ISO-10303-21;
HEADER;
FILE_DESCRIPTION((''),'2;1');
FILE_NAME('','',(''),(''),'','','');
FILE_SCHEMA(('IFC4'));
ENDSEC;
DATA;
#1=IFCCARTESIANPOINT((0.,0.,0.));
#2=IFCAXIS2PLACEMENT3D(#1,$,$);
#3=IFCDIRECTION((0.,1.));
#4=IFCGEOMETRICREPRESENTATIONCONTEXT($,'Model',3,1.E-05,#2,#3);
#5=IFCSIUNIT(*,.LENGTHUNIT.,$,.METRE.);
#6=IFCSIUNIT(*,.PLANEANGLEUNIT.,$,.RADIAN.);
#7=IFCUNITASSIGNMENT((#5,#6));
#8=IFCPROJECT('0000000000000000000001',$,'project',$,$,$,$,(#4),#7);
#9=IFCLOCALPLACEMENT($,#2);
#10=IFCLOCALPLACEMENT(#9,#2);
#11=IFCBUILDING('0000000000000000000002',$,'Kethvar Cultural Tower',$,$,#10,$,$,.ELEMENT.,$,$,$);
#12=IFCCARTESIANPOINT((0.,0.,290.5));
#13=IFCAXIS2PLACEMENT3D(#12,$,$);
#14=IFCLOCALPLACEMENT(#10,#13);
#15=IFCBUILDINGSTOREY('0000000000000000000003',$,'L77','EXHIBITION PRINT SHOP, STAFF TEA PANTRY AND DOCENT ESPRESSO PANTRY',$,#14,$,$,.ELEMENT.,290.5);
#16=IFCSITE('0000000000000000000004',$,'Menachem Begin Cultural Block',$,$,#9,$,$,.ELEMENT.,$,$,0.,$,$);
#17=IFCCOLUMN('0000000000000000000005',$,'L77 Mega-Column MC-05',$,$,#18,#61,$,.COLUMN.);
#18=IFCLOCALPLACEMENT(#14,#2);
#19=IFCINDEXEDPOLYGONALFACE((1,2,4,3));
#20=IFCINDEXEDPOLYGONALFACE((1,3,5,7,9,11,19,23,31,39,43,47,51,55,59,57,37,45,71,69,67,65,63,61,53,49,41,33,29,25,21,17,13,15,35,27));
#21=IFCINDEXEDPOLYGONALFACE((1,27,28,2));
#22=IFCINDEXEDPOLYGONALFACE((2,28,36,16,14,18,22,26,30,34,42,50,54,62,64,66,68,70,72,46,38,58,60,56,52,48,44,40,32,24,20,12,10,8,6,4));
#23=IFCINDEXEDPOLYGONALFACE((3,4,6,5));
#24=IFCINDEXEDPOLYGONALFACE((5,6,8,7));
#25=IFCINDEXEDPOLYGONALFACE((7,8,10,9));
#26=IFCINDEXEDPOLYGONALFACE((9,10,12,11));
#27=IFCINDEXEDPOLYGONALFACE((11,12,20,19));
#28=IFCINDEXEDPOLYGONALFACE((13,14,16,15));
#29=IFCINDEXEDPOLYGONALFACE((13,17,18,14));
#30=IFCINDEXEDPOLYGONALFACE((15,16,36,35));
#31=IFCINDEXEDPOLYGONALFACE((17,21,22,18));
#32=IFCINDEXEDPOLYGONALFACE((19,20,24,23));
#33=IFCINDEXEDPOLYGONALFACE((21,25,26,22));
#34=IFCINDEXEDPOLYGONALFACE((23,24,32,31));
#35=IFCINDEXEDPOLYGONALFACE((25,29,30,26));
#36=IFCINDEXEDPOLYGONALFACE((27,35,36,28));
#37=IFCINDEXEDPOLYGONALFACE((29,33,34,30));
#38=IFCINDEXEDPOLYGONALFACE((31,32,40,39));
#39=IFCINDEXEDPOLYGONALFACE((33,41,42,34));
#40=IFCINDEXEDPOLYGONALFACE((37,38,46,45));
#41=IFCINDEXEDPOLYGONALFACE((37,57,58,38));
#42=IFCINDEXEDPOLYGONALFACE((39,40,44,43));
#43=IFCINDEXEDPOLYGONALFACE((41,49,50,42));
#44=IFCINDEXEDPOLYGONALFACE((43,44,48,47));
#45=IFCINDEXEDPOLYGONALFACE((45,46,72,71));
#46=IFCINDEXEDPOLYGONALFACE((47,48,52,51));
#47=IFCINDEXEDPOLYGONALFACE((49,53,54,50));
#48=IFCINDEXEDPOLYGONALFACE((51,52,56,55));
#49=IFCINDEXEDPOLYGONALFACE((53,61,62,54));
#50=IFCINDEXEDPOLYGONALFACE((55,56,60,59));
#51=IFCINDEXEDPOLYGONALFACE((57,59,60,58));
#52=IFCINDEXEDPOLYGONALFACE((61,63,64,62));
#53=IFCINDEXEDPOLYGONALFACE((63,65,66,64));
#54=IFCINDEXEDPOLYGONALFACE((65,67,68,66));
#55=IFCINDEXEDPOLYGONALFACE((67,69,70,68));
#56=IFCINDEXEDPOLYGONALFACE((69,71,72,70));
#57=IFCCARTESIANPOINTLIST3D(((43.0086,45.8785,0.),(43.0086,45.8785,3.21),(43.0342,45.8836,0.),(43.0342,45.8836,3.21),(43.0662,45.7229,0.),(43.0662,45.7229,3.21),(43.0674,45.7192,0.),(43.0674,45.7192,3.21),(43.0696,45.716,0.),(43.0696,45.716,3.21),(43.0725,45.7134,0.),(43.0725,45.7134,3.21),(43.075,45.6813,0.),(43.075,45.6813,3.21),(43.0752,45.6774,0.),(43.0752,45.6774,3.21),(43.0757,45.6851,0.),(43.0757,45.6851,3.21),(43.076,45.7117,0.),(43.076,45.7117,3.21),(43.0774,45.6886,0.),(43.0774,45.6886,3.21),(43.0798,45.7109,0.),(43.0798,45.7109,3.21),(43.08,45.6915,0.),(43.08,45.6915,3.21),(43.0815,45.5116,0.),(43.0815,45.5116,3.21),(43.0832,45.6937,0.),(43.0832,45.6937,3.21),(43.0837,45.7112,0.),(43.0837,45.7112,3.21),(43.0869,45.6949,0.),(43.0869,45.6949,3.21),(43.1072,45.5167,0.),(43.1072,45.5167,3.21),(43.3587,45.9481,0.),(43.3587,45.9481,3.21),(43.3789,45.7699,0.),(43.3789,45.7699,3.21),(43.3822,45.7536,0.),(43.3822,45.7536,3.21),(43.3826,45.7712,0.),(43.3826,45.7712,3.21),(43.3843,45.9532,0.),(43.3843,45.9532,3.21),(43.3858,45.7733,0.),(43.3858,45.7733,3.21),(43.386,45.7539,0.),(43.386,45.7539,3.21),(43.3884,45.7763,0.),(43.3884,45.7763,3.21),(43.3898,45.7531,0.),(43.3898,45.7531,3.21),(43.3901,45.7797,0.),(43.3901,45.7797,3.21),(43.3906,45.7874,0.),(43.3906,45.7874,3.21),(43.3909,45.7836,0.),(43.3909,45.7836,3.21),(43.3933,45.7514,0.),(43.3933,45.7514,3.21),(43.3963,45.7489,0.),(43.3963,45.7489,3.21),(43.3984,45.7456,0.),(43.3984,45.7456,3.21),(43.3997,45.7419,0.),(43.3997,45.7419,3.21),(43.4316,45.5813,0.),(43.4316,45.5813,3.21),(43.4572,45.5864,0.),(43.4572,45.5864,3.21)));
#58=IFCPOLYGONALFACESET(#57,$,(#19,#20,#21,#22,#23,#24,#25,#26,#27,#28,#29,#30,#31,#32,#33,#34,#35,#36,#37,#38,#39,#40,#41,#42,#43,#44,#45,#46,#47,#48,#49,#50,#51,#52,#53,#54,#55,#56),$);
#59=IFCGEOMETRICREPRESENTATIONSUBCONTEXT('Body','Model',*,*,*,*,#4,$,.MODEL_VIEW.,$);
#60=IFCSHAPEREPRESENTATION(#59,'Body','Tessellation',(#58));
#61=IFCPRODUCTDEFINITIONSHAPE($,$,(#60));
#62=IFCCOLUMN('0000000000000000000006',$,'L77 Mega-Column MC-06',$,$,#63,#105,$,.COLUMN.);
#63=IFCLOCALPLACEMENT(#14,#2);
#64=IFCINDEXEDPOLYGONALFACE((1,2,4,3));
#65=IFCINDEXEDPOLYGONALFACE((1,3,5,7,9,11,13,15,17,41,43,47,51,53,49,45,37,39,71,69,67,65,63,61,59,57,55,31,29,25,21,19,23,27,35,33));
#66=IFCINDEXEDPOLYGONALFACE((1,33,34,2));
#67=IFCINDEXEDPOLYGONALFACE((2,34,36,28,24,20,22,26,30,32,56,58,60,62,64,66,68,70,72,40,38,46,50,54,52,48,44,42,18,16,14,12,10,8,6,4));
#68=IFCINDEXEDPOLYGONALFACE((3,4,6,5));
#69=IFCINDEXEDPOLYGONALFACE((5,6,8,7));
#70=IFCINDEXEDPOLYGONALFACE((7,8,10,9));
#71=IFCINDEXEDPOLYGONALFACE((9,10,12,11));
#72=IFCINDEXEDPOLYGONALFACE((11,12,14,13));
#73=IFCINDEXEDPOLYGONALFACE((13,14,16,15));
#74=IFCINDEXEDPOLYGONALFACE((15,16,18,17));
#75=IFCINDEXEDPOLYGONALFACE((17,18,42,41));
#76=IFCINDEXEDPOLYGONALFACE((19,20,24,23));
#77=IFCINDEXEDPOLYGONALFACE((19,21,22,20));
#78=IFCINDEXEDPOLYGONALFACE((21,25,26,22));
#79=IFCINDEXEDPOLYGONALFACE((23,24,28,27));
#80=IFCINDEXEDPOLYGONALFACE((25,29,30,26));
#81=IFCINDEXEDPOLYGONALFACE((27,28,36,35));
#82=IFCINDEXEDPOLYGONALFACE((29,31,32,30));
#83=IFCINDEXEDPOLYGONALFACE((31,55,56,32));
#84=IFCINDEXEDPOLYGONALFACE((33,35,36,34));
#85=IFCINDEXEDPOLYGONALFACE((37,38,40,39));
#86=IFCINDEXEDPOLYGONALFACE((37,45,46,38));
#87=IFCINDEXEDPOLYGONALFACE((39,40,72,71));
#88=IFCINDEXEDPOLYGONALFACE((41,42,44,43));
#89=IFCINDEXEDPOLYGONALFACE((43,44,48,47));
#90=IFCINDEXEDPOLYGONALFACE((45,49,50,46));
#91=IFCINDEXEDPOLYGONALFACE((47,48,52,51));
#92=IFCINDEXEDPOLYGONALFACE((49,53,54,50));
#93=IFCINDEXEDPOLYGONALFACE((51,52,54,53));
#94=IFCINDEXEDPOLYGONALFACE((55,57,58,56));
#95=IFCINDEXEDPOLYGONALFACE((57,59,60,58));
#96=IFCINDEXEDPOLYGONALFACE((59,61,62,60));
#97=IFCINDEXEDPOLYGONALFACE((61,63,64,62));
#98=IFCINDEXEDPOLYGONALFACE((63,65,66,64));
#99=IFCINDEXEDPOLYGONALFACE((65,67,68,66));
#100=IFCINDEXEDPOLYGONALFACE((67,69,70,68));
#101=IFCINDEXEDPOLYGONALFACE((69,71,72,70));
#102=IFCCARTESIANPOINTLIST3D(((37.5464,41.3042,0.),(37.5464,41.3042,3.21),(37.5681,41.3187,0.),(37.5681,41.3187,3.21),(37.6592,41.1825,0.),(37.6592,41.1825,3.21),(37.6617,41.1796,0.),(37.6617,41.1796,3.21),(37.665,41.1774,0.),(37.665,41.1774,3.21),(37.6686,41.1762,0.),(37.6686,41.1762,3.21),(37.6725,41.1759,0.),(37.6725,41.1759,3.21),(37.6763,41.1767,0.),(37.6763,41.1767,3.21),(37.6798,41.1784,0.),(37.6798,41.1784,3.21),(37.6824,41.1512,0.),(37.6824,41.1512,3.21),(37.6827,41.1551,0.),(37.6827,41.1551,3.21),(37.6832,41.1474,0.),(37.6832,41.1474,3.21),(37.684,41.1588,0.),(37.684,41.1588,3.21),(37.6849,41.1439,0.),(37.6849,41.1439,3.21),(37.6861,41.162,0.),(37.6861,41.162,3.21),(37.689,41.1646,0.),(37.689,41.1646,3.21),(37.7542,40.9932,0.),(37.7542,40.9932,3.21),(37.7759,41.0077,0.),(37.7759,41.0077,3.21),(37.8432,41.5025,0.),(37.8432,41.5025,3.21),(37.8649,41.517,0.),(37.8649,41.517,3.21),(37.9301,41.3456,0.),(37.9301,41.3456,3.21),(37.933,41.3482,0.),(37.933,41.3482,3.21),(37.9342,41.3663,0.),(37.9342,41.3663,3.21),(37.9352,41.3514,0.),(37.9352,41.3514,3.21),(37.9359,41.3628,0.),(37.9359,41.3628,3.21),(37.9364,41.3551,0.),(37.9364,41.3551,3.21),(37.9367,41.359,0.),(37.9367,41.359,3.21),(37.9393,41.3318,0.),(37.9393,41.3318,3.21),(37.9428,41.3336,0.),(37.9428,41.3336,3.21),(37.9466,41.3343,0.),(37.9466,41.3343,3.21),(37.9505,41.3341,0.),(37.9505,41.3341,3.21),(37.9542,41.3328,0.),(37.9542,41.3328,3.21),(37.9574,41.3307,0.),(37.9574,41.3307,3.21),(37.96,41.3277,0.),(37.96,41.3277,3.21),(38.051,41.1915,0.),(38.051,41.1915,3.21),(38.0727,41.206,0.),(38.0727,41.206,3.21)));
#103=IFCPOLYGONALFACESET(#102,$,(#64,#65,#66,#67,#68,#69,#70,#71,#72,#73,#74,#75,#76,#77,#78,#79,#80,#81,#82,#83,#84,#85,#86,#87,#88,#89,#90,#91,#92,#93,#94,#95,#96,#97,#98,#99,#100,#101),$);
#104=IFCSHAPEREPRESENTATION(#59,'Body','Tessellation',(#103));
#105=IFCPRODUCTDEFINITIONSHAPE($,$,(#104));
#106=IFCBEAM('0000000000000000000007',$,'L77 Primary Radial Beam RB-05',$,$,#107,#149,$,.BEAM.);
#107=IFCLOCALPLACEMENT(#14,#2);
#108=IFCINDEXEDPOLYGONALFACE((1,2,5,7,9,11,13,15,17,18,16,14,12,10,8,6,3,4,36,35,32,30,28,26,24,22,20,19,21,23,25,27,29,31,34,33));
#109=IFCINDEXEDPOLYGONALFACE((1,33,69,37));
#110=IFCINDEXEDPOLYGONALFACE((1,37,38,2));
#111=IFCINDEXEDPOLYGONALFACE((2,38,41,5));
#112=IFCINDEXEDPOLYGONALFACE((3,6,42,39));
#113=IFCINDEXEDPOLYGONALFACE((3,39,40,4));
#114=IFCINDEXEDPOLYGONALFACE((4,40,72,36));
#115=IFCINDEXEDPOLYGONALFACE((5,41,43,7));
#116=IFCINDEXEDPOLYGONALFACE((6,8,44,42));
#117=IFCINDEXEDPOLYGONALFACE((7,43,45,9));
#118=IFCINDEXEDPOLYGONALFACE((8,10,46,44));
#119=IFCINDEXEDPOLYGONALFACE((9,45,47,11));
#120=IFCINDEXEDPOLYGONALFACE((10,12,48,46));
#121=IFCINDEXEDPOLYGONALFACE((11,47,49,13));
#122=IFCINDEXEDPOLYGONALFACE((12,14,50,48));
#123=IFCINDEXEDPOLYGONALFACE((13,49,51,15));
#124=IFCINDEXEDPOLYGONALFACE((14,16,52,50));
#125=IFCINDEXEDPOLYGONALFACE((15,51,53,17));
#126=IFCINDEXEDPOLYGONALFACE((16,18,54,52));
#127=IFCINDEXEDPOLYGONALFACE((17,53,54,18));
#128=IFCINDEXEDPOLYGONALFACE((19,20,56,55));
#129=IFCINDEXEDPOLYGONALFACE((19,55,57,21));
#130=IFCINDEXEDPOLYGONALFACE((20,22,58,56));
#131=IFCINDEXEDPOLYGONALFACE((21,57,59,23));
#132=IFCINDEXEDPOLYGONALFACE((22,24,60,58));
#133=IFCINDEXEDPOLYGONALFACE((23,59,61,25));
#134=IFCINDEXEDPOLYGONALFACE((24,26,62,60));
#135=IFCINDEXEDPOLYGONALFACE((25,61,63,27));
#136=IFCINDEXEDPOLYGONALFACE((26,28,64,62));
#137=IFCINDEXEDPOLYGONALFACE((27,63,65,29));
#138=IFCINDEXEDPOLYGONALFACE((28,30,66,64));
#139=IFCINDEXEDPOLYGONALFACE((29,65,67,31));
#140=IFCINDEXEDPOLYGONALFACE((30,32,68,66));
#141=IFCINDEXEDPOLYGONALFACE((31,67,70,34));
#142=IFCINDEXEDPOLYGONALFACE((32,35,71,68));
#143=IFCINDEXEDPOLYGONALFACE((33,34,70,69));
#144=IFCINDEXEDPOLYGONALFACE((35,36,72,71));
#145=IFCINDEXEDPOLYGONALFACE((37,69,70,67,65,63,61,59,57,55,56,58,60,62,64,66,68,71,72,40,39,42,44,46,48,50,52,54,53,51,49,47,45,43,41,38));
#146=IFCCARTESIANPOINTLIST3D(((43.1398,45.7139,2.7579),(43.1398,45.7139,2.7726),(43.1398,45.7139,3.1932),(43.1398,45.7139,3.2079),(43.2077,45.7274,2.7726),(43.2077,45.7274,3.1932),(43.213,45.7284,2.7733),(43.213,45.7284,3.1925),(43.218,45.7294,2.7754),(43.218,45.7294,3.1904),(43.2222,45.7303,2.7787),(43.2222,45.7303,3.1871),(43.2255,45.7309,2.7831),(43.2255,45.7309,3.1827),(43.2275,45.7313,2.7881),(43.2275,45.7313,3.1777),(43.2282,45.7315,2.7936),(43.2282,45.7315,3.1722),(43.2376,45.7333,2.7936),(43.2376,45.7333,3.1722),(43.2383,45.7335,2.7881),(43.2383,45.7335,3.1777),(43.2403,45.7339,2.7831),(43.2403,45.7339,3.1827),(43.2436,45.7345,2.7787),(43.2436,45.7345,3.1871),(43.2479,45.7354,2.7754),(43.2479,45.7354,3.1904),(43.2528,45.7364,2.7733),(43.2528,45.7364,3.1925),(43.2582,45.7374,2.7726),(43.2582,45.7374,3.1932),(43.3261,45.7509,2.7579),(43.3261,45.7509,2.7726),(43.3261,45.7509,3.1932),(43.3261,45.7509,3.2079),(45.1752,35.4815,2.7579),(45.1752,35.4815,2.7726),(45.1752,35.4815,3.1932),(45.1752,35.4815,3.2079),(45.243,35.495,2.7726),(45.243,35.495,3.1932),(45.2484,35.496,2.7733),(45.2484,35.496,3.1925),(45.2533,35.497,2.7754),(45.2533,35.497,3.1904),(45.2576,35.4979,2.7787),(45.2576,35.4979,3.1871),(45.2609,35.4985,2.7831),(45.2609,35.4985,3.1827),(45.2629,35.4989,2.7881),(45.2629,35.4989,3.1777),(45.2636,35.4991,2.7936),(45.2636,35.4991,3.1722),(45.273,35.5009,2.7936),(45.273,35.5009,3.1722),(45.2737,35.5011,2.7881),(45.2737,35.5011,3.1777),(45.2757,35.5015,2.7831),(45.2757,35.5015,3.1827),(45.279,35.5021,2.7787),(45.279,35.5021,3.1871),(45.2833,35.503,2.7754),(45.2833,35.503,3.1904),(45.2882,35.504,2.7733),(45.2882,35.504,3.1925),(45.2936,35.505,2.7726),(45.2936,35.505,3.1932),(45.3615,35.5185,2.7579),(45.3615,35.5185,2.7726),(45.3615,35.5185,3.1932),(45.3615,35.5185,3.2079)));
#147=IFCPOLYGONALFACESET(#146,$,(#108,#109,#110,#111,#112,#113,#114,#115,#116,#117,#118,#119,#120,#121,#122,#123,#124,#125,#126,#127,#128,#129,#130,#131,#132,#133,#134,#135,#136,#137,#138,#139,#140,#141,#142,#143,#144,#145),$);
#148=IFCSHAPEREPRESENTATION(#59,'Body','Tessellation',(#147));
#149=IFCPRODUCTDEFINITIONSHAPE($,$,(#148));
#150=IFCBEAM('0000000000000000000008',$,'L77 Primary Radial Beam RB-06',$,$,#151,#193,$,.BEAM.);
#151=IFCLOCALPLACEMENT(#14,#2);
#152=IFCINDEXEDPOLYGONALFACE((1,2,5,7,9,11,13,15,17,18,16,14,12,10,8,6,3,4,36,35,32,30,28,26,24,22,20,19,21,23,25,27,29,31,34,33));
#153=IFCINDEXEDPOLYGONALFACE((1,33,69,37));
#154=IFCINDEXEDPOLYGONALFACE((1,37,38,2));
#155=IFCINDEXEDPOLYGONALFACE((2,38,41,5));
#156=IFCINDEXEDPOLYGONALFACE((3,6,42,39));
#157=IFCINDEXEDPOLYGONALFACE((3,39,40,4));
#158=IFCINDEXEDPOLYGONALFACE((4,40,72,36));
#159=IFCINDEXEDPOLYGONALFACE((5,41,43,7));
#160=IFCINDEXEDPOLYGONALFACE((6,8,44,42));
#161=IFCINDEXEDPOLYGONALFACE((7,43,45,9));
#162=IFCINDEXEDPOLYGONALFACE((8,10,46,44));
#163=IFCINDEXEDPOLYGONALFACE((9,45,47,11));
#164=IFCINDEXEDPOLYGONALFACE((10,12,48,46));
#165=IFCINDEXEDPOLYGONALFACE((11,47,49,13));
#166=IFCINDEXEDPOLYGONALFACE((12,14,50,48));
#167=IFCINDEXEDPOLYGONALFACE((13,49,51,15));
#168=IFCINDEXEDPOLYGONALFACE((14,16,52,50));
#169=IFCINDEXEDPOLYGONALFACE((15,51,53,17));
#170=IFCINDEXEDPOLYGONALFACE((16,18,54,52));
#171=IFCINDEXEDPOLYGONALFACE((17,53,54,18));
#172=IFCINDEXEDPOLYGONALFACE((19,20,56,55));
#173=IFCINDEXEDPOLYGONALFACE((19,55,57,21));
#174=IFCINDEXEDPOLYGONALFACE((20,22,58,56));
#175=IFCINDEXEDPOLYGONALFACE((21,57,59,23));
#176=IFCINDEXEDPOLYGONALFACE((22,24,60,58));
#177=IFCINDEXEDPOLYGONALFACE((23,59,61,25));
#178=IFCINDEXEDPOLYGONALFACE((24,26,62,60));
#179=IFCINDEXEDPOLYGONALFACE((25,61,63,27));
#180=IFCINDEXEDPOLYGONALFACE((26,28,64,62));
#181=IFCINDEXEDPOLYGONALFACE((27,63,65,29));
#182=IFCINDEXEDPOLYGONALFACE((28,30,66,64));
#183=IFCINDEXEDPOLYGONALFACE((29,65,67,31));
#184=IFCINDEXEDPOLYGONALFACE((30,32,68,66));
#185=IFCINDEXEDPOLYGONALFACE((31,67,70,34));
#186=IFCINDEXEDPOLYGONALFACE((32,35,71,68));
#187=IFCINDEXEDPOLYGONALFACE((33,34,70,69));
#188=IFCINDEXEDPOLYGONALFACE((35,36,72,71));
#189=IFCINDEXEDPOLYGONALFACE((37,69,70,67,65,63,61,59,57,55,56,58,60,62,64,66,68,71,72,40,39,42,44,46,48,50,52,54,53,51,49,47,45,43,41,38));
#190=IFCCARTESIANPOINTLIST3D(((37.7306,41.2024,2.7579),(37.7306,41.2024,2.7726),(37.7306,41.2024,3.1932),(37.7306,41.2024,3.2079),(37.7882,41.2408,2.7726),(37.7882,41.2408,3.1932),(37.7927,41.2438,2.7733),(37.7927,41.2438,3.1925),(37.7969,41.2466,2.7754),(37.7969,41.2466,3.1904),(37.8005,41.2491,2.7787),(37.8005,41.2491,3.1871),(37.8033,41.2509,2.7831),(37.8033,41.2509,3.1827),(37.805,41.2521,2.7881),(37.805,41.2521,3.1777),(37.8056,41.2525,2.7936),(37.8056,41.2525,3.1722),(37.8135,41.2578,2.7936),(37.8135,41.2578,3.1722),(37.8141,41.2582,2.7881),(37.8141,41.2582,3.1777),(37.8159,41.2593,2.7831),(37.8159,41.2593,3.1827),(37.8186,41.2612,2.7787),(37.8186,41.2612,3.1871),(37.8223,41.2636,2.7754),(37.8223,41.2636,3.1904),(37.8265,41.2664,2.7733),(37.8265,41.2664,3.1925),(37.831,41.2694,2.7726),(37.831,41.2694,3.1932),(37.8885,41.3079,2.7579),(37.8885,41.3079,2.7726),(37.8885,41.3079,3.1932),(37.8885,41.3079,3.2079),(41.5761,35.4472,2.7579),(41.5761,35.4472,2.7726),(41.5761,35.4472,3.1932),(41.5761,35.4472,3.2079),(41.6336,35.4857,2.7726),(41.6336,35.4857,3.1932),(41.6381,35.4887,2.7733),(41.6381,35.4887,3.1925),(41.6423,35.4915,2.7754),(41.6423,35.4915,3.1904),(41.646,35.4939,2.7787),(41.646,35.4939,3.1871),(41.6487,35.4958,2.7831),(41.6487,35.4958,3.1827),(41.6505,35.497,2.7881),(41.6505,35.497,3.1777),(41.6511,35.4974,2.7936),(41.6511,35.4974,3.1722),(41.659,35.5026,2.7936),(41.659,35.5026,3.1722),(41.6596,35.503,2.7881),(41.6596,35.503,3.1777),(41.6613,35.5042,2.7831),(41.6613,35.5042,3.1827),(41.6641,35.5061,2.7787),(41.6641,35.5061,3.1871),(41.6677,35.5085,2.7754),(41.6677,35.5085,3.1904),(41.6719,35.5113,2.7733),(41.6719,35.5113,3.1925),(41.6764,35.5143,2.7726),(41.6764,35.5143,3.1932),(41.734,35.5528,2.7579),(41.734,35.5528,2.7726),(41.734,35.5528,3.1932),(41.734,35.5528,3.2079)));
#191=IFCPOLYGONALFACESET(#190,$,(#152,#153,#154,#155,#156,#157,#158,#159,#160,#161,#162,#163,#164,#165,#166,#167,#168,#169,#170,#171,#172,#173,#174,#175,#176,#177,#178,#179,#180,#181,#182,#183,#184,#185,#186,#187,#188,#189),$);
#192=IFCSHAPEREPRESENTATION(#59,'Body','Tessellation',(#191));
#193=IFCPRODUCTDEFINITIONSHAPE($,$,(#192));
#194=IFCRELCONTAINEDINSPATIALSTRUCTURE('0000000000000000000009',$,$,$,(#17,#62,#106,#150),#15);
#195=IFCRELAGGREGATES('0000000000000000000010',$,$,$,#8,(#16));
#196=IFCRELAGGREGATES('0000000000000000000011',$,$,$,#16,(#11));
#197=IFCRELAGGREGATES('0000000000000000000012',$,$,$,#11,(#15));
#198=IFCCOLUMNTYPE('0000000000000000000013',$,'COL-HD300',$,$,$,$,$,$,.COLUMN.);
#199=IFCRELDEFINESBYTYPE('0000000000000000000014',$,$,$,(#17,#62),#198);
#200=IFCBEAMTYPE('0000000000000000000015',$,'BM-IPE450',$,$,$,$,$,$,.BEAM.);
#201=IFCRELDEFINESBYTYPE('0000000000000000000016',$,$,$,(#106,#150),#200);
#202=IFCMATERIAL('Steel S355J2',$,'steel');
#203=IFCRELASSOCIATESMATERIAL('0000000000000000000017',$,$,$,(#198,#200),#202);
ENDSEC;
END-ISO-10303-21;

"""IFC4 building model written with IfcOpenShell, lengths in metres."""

from ifc_helpers import new_model, si_unit, direction, frame, origin, origin_2d, place, context, subcontext, project, spatial, i_section, extrude, source, transform, mapped, material, material_profile, profile_set, type_object, element, save


model = new_model("IFC4")

# Units and contexts
model_context = context("Model", 3, precision=1e-05, world=origin(), true_north=direction((0.0, 1.0)))
body_context = subcontext(model_context, "Body", "Model", "MODEL_VIEW")
ifc_project = project(units=[si_unit("LENGTHUNIT", "METRE"), si_unit("PLANEANGLEUNIT", "RADIAN")], contexts=[model_context])

# Site, building, storey
site_placement = place(None, origin())
site = spatial("IfcSite", under=ifc_project, at=site_placement, Name="Menachem Begin Cultural Block", CompositionType="ELEMENT", RefElevation=0.0)
building_placement = place(site_placement, origin())
building = spatial("IfcBuilding", under=site, at=building_placement, Name="Kethvar Cultural Tower", CompositionType="ELEMENT")
storey_placement = place(building_placement, frame((0.0, 0.0, 290.5)))
storey = spatial("IfcBuildingStorey", under=building, at=storey_placement, Name="L77", Description="EXHIBITION PRINT SHOP, STAFF TEA PANTRY AND DOCENT ESPRESSO PANTRY", CompositionType="ELEMENT", Elevation=290.5)

# Columns
ifc_material_1 = material(Name="Steel S355J2", Category="steel")
ifc_material_profile_1 = material_profile(ifc_material_1, i_section(OverallWidth=0.374, OverallDepth=0.3831, WebThickness=0.0166, FlangeThickness=0.0261, FilletRadius=0.0149, at=origin_2d()), Name="Steel S355J2 — HD360x300")
ifc_profile_set_1 = profile_set([ifc_material_profile_1], Name="Steel S355J2 — HD360x300")
column_type = type_object("IfcColumnType", Name="COL-HD300", PredefinedType="COLUMN", material=ifc_profile_set_1)
shared_shape_1 = source(origin(), body_context, "Body", "SweptSolid", [
    extrude(i_section(OverallWidth=0.374, OverallDepth=0.3831, WebThickness=0.0166, FlangeThickness=0.0261, FilletRadius=0.0149, at=origin_2d()), origin(), (0.0, 0.0, 1.0), 3.21),
])
for number, where, z_axis, x_axis, name in (
    (1, (43.2329, 45.7324, 0.0), (0.0, 0.0, 1.0), (-0.19509, 0.980785, 0.0), "L77 Mega-Column MC-05"),
    (2, (37.8096, 41.2551, 0.0), (0.0, 0.0, 1.0), (-0.55557, 0.83147, 0.0), "L77 Mega-Column MC-06"),
):
    element("IfcColumn", number, at=place(storey_placement, frame(where, z_axis=z_axis, x_axis=x_axis)), inside=storey, type_object=column_type, Name=name, PredefinedType="COLUMN", context=body_context, shape_type="MappedRepresentation", body=[
        mapped(shared_shape_1, transform((0.0, 0.0, 0.0), scale=1.0)),
    ])

# Beams
ifc_material_profile_2 = material_profile(ifc_material_1, i_section(OverallWidth=0.1899, OverallDepth=0.45, WebThickness=0.0095, FlangeThickness=0.0146, FilletRadius=0.021, at=origin_2d()), Name="Steel S355J2 — IPE450")
ifc_profile_set_2 = profile_set([ifc_material_profile_2], Name="Steel S355J2 — IPE450")
beam_type_1 = type_object("IfcBeamType", Name="BM-IPE450", PredefinedType="BEAM", material=ifc_profile_set_2)
shared_shape_2 = source(origin(), body_context, "Body", "SweptSolid", [
    extrude(i_section(OverallWidth=0.1899, OverallDepth=0.45, WebThickness=0.0095, FlangeThickness=0.0146, FilletRadius=0.021, at=origin_2d()), origin(), (0.0, 0.0, 1.0), 10.4329),
])
beam_1_placement = place(storey_placement, frame((45.2683, 35.5, 2.9829), z_axis=(-0.195094, 0.980784, 0.0), x_axis=(-0.980784, -0.195094, 0.0)))
element("IfcBeam", 3, at=beam_1_placement, inside=storey, type_object=beam_type_1, Name="L77 Primary Radial Beam RB-05", PredefinedType="BEAM", context=body_context, shape_type="MappedRepresentation", body=[
    mapped(shared_shape_2, transform((0.0, 0.0, 0.0), scale=1.0)),
])
shared_shape_3 = source(origin(), body_context, "Body", "SweptSolid", [
    extrude(i_section(OverallWidth=0.1899, OverallDepth=0.45, WebThickness=0.0095, FlangeThickness=0.0146, FilletRadius=0.021, at=origin_2d()), origin(), (0.0, 0.0, 1.0), 6.9216),
])
beam_2_placement = place(storey_placement, frame((41.655, 35.5, 2.9829), z_axis=(-0.555571, 0.831469, 0.0), x_axis=(-0.831469, -0.555571, 0.0)))
element("IfcBeam", 4, at=beam_2_placement, inside=storey, type_object=beam_type_1, Name="L77 Primary Radial Beam RB-06", PredefinedType="BEAM", context=body_context, shape_type="MappedRepresentation", body=[
    mapped(shared_shape_3, transform((0.0, 0.0, 0.0), scale=1.0)),
])

save(model, "model.ifc")
